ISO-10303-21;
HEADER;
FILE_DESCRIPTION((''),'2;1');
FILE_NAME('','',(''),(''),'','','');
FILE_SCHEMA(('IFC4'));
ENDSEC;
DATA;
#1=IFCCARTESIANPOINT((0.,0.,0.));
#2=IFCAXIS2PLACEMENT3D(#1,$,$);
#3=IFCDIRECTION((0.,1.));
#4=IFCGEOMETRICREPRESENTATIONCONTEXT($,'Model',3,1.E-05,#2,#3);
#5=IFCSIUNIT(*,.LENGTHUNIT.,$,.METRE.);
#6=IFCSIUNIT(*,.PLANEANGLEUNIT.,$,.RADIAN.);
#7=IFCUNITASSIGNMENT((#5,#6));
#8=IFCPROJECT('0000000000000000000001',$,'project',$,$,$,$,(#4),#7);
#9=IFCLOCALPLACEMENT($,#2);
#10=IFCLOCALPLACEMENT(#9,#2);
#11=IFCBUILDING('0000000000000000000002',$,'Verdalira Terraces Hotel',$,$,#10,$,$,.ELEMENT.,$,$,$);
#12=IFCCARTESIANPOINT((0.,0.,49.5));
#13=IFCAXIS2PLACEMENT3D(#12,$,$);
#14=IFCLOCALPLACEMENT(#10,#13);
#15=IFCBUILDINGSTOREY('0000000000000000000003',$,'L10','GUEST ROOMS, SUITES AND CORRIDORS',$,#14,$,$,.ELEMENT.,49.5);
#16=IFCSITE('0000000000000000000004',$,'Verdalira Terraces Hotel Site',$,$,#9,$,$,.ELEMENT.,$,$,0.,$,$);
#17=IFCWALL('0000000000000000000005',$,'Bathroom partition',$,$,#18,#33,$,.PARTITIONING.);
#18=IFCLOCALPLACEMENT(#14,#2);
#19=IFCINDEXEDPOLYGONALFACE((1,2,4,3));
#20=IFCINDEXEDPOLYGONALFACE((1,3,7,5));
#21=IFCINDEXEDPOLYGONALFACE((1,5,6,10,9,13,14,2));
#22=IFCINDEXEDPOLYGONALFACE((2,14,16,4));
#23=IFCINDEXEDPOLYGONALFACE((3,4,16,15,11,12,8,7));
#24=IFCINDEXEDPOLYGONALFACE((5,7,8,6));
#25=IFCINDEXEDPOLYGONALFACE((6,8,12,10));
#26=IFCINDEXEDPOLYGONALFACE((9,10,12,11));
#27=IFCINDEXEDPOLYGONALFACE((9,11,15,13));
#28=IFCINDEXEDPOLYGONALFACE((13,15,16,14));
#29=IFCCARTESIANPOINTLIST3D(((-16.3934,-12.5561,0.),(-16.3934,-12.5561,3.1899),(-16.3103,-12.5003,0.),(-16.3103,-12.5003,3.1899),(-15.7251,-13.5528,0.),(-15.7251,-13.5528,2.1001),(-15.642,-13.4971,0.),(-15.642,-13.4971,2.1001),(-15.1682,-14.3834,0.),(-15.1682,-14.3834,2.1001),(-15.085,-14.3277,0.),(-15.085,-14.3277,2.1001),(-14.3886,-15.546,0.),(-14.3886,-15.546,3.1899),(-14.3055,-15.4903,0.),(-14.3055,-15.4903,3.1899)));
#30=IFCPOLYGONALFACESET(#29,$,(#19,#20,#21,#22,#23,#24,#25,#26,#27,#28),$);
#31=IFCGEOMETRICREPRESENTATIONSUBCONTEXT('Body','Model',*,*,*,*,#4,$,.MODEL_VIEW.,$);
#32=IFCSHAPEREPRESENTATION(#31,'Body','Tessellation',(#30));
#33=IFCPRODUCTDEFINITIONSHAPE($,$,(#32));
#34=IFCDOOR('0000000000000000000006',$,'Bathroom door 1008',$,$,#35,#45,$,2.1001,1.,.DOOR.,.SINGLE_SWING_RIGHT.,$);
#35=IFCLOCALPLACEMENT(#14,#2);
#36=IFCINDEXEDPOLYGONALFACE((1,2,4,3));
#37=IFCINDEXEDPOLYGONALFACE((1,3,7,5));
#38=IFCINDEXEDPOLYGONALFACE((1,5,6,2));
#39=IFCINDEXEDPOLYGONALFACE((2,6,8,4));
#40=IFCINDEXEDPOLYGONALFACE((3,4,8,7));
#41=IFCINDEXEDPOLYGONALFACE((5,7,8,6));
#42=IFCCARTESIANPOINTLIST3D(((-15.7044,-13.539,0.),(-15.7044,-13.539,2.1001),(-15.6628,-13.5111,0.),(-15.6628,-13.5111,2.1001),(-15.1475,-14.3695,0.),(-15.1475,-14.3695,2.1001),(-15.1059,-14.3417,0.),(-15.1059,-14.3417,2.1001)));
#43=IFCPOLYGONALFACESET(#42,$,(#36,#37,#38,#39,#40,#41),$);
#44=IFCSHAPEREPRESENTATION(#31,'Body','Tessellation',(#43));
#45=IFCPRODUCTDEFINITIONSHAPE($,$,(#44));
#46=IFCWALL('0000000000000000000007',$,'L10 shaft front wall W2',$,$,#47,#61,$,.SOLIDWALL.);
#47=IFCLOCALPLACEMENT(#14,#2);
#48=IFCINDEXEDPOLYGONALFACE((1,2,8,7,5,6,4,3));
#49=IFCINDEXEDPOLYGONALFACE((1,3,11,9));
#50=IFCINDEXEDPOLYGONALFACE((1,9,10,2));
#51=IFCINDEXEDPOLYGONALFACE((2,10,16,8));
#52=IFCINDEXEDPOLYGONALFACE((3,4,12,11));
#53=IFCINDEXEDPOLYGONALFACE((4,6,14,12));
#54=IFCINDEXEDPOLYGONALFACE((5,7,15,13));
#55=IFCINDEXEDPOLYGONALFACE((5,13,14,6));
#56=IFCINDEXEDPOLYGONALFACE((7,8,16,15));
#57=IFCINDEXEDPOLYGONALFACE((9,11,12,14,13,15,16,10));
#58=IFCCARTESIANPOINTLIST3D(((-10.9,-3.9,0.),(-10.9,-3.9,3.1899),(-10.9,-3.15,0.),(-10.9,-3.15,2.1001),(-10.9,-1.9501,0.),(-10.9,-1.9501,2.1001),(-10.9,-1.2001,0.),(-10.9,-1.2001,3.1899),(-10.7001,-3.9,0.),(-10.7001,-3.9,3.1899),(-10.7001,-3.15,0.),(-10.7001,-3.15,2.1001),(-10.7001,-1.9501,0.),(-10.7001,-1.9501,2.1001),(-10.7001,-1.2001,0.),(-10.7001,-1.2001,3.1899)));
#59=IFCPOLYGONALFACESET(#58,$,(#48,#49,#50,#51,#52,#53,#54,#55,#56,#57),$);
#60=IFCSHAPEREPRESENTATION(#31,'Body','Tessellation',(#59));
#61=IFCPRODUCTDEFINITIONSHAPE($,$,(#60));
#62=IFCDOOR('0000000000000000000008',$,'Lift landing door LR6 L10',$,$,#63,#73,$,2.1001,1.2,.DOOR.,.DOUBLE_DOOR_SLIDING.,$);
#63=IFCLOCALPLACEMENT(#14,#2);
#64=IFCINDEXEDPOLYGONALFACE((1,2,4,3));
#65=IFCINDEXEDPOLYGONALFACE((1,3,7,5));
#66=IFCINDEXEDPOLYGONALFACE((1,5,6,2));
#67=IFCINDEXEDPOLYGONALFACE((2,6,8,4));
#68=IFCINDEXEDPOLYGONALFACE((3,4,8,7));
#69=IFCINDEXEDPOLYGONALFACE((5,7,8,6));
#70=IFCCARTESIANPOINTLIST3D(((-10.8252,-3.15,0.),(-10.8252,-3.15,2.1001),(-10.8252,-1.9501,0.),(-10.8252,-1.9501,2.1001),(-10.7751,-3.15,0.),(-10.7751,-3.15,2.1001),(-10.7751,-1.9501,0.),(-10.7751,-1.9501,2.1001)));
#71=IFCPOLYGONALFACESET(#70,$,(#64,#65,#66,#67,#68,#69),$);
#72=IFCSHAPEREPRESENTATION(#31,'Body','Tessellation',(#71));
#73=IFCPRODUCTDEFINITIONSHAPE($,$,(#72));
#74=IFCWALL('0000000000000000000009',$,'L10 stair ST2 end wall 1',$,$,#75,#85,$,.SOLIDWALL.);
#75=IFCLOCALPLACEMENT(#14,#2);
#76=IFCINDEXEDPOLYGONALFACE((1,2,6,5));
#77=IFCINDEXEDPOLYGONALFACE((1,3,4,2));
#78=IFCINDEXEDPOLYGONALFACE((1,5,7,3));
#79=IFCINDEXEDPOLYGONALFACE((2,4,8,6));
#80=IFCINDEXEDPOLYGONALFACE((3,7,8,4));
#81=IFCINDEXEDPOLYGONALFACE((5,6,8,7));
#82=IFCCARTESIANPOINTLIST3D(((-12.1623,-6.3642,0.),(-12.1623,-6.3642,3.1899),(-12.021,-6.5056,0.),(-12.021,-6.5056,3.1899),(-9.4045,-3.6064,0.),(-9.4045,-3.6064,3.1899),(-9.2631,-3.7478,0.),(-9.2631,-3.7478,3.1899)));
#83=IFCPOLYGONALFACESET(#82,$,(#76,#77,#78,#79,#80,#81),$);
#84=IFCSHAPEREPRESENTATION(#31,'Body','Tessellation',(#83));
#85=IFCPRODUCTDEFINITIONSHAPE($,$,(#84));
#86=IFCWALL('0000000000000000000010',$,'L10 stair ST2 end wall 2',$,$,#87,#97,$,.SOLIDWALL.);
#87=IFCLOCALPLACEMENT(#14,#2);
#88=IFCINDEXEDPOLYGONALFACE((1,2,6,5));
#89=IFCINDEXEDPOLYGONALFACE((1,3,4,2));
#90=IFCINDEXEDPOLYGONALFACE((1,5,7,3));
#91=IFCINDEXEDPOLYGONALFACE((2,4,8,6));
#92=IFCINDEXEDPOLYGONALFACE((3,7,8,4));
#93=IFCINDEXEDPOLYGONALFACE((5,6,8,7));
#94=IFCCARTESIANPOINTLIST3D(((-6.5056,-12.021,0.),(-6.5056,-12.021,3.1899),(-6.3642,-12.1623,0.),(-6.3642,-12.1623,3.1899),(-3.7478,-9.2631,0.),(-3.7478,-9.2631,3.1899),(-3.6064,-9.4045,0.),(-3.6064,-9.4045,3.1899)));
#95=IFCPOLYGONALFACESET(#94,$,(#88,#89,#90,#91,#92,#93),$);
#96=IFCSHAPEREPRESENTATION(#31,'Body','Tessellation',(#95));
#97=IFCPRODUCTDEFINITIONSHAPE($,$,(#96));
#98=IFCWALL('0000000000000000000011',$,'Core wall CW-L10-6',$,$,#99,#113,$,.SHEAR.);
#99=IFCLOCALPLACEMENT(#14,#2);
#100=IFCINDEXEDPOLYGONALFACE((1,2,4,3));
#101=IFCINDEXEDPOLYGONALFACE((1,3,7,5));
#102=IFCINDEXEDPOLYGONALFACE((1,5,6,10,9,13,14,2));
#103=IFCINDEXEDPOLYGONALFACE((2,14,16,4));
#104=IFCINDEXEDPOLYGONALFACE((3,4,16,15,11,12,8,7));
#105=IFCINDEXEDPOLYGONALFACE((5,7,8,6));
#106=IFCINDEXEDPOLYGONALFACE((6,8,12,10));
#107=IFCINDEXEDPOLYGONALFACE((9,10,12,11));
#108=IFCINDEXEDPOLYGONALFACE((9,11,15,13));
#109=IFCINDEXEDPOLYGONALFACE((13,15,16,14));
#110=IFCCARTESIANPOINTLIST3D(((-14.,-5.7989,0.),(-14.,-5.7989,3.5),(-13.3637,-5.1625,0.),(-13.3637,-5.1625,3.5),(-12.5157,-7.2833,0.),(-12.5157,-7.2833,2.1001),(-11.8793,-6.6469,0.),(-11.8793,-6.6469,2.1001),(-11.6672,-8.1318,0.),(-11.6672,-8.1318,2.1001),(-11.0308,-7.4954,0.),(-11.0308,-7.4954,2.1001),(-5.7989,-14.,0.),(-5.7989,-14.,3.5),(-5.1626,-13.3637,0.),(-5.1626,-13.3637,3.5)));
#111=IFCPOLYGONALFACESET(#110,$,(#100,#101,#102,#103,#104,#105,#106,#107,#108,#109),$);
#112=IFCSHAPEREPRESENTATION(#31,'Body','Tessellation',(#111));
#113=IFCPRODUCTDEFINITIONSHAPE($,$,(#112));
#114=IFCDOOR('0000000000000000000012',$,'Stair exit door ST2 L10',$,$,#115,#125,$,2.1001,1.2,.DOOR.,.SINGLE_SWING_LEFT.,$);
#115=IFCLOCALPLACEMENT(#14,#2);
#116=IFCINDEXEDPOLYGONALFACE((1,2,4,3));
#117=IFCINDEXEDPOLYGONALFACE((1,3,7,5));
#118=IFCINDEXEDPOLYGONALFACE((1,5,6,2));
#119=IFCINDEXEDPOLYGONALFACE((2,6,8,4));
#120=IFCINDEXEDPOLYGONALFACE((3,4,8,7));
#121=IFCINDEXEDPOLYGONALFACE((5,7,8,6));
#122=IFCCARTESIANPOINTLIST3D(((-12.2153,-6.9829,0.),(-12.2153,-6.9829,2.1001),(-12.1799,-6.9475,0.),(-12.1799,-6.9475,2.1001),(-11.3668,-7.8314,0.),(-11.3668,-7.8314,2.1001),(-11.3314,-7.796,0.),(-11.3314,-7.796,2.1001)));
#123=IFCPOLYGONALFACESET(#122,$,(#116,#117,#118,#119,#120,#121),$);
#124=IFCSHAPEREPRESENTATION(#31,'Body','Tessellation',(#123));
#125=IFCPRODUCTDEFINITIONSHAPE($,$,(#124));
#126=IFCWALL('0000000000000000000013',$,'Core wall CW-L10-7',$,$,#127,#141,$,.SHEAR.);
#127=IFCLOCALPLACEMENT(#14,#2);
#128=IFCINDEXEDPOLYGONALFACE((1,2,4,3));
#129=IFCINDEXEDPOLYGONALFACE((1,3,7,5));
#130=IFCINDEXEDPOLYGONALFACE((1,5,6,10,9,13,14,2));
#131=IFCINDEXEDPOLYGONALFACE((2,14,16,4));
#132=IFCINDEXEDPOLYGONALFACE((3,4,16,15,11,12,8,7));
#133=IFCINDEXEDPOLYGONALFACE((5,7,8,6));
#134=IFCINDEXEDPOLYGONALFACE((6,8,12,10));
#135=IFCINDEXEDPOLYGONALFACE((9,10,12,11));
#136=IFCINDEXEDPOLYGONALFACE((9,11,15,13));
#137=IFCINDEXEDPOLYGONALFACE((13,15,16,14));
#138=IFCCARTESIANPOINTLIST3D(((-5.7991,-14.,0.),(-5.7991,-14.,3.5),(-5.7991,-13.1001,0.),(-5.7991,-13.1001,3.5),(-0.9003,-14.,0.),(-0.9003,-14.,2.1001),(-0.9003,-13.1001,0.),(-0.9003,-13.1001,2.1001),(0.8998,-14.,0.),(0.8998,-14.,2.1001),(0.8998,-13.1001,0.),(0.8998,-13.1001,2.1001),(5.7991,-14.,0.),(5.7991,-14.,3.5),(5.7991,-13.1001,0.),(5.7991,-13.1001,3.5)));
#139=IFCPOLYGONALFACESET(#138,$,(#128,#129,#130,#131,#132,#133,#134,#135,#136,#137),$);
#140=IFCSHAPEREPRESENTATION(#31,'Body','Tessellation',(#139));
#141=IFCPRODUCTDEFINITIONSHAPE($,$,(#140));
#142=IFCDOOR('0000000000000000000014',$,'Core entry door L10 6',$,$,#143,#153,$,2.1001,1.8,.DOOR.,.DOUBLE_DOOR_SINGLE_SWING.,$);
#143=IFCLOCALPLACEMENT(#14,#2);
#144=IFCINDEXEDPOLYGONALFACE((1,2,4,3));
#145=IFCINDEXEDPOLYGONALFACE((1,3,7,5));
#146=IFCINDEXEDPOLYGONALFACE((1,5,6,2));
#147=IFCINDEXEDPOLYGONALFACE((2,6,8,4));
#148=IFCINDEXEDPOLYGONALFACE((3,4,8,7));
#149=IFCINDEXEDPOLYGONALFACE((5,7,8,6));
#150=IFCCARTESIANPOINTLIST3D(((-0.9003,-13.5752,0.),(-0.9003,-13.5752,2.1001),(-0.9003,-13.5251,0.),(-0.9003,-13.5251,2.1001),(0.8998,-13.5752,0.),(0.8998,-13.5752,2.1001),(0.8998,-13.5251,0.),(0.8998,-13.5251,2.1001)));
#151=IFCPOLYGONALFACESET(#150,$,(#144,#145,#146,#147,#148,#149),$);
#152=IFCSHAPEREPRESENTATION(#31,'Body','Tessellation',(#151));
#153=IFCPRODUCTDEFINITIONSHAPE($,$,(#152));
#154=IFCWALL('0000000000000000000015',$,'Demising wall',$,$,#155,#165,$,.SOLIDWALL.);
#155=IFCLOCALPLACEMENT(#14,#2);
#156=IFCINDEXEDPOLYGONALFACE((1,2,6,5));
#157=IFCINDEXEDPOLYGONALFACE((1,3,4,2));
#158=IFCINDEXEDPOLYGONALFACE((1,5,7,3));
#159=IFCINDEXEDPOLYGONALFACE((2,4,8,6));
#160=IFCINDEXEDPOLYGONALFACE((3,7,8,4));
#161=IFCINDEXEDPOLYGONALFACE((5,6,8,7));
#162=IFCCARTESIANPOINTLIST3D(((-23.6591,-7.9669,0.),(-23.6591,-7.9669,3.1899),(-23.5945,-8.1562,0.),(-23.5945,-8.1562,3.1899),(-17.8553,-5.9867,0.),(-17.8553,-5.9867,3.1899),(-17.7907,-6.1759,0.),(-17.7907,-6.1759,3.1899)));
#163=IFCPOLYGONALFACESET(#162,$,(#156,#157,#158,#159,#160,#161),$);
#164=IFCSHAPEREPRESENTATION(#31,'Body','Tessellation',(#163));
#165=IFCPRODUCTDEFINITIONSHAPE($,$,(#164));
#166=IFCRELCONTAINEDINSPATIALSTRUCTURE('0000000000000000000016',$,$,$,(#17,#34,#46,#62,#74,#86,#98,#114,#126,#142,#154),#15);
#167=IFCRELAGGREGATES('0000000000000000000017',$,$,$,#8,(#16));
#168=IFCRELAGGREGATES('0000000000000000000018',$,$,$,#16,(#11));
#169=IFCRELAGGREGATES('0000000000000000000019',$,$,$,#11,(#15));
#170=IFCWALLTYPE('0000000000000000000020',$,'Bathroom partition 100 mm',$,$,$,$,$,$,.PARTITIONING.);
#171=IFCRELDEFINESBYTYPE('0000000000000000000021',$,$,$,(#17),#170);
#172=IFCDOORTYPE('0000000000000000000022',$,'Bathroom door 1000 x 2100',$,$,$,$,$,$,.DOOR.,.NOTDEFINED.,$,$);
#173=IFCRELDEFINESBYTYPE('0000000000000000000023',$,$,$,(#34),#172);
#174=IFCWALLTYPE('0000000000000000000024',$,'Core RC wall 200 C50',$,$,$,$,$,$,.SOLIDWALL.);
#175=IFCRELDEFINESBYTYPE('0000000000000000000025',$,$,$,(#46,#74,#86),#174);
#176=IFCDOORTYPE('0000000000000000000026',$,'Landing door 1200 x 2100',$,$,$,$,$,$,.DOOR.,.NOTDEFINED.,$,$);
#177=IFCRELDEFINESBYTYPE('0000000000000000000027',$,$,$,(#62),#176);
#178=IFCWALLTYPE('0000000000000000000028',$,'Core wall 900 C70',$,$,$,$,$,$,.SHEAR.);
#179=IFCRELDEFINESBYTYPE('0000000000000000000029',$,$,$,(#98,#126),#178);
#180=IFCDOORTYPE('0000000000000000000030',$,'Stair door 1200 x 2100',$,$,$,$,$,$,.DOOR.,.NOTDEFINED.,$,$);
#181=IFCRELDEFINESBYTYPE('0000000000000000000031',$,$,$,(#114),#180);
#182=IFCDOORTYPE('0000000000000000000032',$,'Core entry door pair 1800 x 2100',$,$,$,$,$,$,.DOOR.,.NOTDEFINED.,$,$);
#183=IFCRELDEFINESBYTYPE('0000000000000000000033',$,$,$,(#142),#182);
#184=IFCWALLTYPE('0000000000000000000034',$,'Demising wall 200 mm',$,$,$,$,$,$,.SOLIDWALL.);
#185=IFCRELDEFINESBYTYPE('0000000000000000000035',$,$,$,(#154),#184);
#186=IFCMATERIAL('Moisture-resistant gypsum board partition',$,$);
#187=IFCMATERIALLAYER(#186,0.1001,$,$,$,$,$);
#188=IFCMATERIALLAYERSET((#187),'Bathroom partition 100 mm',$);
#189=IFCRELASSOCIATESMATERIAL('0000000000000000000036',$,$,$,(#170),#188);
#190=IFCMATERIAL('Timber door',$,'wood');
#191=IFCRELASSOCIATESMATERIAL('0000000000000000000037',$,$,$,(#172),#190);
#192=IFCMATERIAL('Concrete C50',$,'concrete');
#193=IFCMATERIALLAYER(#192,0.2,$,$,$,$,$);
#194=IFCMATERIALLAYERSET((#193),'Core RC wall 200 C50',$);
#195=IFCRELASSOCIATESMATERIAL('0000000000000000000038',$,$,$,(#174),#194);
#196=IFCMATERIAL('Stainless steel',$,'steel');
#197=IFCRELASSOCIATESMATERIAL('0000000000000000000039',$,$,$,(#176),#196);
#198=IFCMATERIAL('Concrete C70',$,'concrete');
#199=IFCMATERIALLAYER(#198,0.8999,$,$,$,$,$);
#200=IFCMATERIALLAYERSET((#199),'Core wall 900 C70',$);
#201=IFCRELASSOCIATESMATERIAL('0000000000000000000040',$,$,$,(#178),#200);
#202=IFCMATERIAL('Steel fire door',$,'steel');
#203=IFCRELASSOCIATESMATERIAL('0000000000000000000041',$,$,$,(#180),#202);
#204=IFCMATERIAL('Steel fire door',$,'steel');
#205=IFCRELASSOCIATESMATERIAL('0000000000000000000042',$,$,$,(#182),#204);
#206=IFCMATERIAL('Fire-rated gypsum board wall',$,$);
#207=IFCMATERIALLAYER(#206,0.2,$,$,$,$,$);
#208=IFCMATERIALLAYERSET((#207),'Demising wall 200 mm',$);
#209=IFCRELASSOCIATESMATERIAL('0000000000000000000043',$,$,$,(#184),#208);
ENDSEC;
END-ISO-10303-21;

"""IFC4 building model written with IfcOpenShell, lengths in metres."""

from ifc_helpers import new_model, si_unit, direction, frame, frame_2d, origin, place, context, subcontext, project, spatial, rectangle, extrude, material, layer, layer_set, type_object, element, fill, save


model = new_model("IFC4")

# Units and contexts
model_context = context("Model", 3, precision=1e-05, world=origin(), true_north=direction((0.0, 1.0)))
body_context = subcontext(model_context, "Body", "Model", "MODEL_VIEW")
ifc_project = project(units=[si_unit("LENGTHUNIT", "METRE"), si_unit("PLANEANGLEUNIT", "RADIAN")], contexts=[model_context])

# Site, building, storey
site_placement = place(None, origin())
site = spatial("IfcSite", under=ifc_project, at=site_placement, Name="Verdalira Terraces Hotel Site", CompositionType="ELEMENT", RefElevation=0.0)
building_placement = place(site_placement, origin())
building = spatial("IfcBuilding", under=site, at=building_placement, Name="Verdalira Terraces Hotel", CompositionType="ELEMENT")
storey_placement = place(building_placement, frame((0.0, 0.0, 49.5)))
storey = spatial("IfcBuildingStorey", under=building, at=storey_placement, Name="L10", Description="GUEST ROOMS, SUITES AND CORRIDORS", CompositionType="ELEMENT", Elevation=49.5)

# Walls, openings, doors
ifc_material_1 = material(Name="Moisture-resistant gypsum board partition")
ifc_layer_1 = layer(ifc_material_1, 0.1001)
ifc_layer_set_1 = layer_set([ifc_layer_1], Name="Bathroom partition 100 mm")
wall_type_1 = type_object("IfcWallType", Name="Bathroom partition 100 mm", PredefinedType="PARTITIONING", material=ifc_layer_set_1)
wall_1_placement = place(storey_placement, frame((-16.3518, -12.5283, 0.0), z_axis=(0.0, 0.0, 1.0), x_axis=(0.556921, -0.830566, 0.0)))
wall_1 = element("IfcWall", 1, at=wall_1_placement, inside=storey, type_object=wall_type_1, Name="Bathroom partition", PredefinedType="PARTITIONING", context=body_context, shape_type="SweptSolid", body=[
    extrude(rectangle(XDim=3.5999, YDim=0.1001, at=frame_2d((1.7998, 0.0))), origin(), (0.0, 0.0, 1.0), 3.1899),
])
opening_1_placement = place(wall_1_placement, frame((1.2, 0.0, 0.0)))
opening_1 = element("IfcOpeningElement", 2, at=opening_1_placement, cuts=wall_1, PredefinedType="OPENING", context=body_context, shape_type="SweptSolid", body=[
    extrude(rectangle(XDim=1.0, YDim=2.1001, at=frame_2d((0.5, 1.05))), frame((0.0, 0.0601, 0.0), z_axis=(0.0, -1.0, 0.0), x_axis=(1.0, 0.0, 0.0)), (0.0, 0.0, 1.0), 0.1201),
])
ifc_material_2 = material(Name="Timber door", Category="wood")
door_type_1 = type_object("IfcDoorType", Name="Bathroom door 1000 x 2100", OperationType="NOTDEFINED", PredefinedType="DOOR", material=ifc_material_2)
door_1_placement = place(opening_1_placement, origin())
door_1 = element("IfcDoor", 3, at=door_1_placement, inside=storey, type_object=door_type_1, Name="Bathroom door 1008", OperationType="SINGLE_SWING_RIGHT", OverallHeight=2.1001, OverallWidth=1.0, PredefinedType="DOOR", context=body_context, shape_type="SweptSolid", body=[
    extrude(rectangle(XDim=1.0, YDim=2.1001, at=frame_2d((0.5, 1.05))), frame((0.0, 0.0249, 0.0), z_axis=(0.0, -1.0, 0.0), x_axis=(1.0, 0.0, 0.0)), (0.0, 0.0, 1.0), 0.05),
])
fill(opening_1, door_1)
ifc_material_3 = material(Name="Concrete C50", Category="concrete")
ifc_layer_2 = layer(ifc_material_3, 0.2)
ifc_layer_set_2 = layer_set([ifc_layer_2], Name="Core RC wall 200 C50")
wall_type_2 = type_object("IfcWallType", Name="Core RC wall 200 C50", PredefinedType="SOLIDWALL", material=ifc_layer_set_2)
wall_2_placement = place(storey_placement, frame((-10.8, -1.2, 0.0), z_axis=(0.0, 0.0, 1.0), x_axis=(0.0, -1.0, 0.0)))
wall_2 = element("IfcWall", 4, at=wall_2_placement, inside=storey, type_object=wall_type_2, Name="L10 shaft front wall W2", PredefinedType="SOLIDWALL", context=body_context, shape_type="SweptSolid", body=[
    extrude(rectangle(XDim=2.7, YDim=0.2, at=frame_2d((1.3501, 0.0))), origin(), (0.0, 0.0, 1.0), 3.1899),
])
opening_2_placement = place(wall_2_placement, frame((0.75, 0.0, 0.0)))
opening_2 = element("IfcOpeningElement", 5, at=opening_2_placement, cuts=wall_2, PredefinedType="OPENING", context=body_context, shape_type="SweptSolid", body=[
    extrude(rectangle(XDim=1.2, YDim=2.1001, at=frame_2d((0.6001, 1.05))), frame((0.0, 0.1099, 0.0), z_axis=(0.0, -1.0, 0.0), x_axis=(1.0, 0.0, 0.0)), (0.0, 0.0, 1.0), 0.22),
])
ifc_material_4 = material(Name="Stainless steel", Category="steel")
door_type_2 = type_object("IfcDoorType", Name="Landing door 1200 x 2100", OperationType="NOTDEFINED", PredefinedType="DOOR", material=ifc_material_4)
door_2_placement = place(opening_2_placement, origin())
door_2 = element("IfcDoor", 6, at=door_2_placement, inside=storey, type_object=door_type_2, Name="Lift landing door LR6 L10", OperationType="DOUBLE_DOOR_SLIDING", OverallHeight=2.1001, OverallWidth=1.2, PredefinedType="DOOR", context=body_context, shape_type="SweptSolid", body=[
    extrude(rectangle(XDim=1.2, YDim=2.1001, at=frame_2d((0.6001, 1.05))), frame((0.0, 0.0249, 0.0), z_axis=(0.0, -1.0, 0.0), x_axis=(1.0, 0.0, 0.0)), (0.0, 0.0, 1.0), 0.05),
])
fill(opening_2, door_2)

# Walls
for number, where, z_axis, x_axis, name in (
    (7, (-9.3337, -3.677, 0.0), (0.0, 0.0, 1.0), (-0.707107, -0.707107, 0.0), "L10 stair ST2 end wall 1"),
    (8, (-3.677, -9.3337, 0.0), (0.0, 0.0, 1.0), (-0.707107, -0.707107, 0.0), "L10 stair ST2 end wall 2"),
):
    element("IfcWall", number, at=place(storey_placement, frame(where, z_axis=z_axis, x_axis=x_axis)), inside=storey, type_object=wall_type_2, Name=name, PredefinedType="SOLIDWALL", context=body_context, shape_type="SweptSolid", body=[
        extrude(rectangle(XDim=3.9001, YDim=0.2, at=frame_2d((1.9502, 0.0))), origin(), (0.0, 0.0, 1.0), 3.1899),
    ])

# Walls, openings, doors
ifc_material_5 = material(Name="Concrete C70", Category="concrete")
ifc_layer_3 = layer(ifc_material_5, 0.8999)
ifc_layer_set_3 = layer_set([ifc_layer_3], Name="Core wall 900 C70")
wall_type_3 = type_object("IfcWallType", Name="Core wall 900 C70", PredefinedType="SHEAR", material=ifc_layer_set_3)
wall_3_placement = place(storey_placement, frame((-13.6819, -5.4807, 0.0), z_axis=(0.0, 0.0, 1.0), x_axis=(0.707107, -0.707107, 0.0)))
wall_3 = element("IfcWall", 9, at=wall_3_placement, inside=storey, type_object=wall_type_3, Name="Core wall CW-L10-6", PredefinedType="SHEAR", context=body_context, shape_type="SweptSolid", body=[
    extrude(rectangle(XDim=11.5981, YDim=0.8999, at=frame_2d((5.7991, 0.0))), origin(), (0.0, 0.0, 1.0), 3.5),
])
opening_3_placement = place(wall_3_placement, frame((2.0991, 0.0, 0.0)))
opening_3 = element("IfcOpeningElement", 10, at=opening_3_placement, cuts=wall_3, PredefinedType="OPENING", context=body_context, shape_type="SweptSolid", body=[
    extrude(rectangle(XDim=1.2, YDim=2.1001, at=frame_2d((0.6001, 1.05))), frame((0.0, 0.46, 0.0), z_axis=(0.0, -1.0, 0.0), x_axis=(1.0, 0.0, 0.0)), (0.0, 0.0, 1.0), 0.9199),
])
ifc_material_6 = material(Name="Steel fire door", Category="steel")
door_type_3 = type_object("IfcDoorType", Name="Stair door 1200 x 2100", OperationType="NOTDEFINED", PredefinedType="DOOR", material=ifc_material_6)
door_3_placement = place(opening_3_placement, origin())
door_3 = element("IfcDoor", 11, at=door_3_placement, inside=storey, type_object=door_type_3, Name="Stair exit door ST2 L10", OperationType="SINGLE_SWING_LEFT", OverallHeight=2.1001, OverallWidth=1.2, PredefinedType="DOOR", context=body_context, shape_type="SweptSolid", body=[
    extrude(rectangle(XDim=1.2, YDim=2.1001, at=frame_2d((0.6001, 1.05))), frame((0.0, 0.0249, 0.0), z_axis=(0.0, -1.0, 0.0), x_axis=(1.0, 0.0, 0.0)), (0.0, 0.0, 1.0), 0.05),
])
fill(opening_3, door_3)
wall_4_placement = place(storey_placement, frame((-5.7991, -13.55, 0.0), z_axis=(0.0, 0.0, 1.0), x_axis=(1.0, 0.0, 0.0)))
wall_4 = element("IfcWall", 12, at=wall_4_placement, inside=storey, type_object=wall_type_3, Name="Core wall CW-L10-7", PredefinedType="SHEAR", context=body_context, shape_type="SweptSolid", body=[
    extrude(rectangle(XDim=11.5981, YDim=0.8999, at=frame_2d((5.7991, 0.0))), origin(), (0.0, 0.0, 1.0), 3.5),
])
opening_4_placement = place(wall_4_placement, frame((4.8989, 0.0, 0.0)))
opening_4 = element("IfcOpeningElement", 13, at=opening_4_placement, cuts=wall_4, PredefinedType="OPENING", context=body_context, shape_type="SweptSolid", body=[
    extrude(rectangle(XDim=1.8, YDim=2.1001, at=frame_2d((0.8999, 1.05))), frame((0.0, 0.46, 0.0), z_axis=(0.0, -1.0, 0.0), x_axis=(1.0, 0.0, 0.0)), (0.0, 0.0, 1.0), 0.9199),
])
ifc_material_7 = material(Name="Steel fire door", Category="steel")
door_type_4 = type_object("IfcDoorType", Name="Core entry door pair 1800 x 2100", OperationType="NOTDEFINED", PredefinedType="DOOR", material=ifc_material_7)
door_4_placement = place(opening_4_placement, origin())
door_4 = element("IfcDoor", 14, at=door_4_placement, inside=storey, type_object=door_type_4, Name="Core entry door L10 6", OperationType="DOUBLE_DOOR_SINGLE_SWING", OverallHeight=2.1001, OverallWidth=1.8, PredefinedType="DOOR", context=body_context, shape_type="SweptSolid", body=[
    extrude(rectangle(XDim=1.8, YDim=2.1001, at=frame_2d((0.8999, 1.05))), frame((0.0, 0.0249, 0.0), z_axis=(0.0, -1.0, 0.0), x_axis=(1.0, 0.0, 0.0)), (0.0, 0.0, 1.0), 0.05),
])
fill(opening_4, door_4)

# Wall
ifc_material_8 = material(Name="Fire-rated gypsum board wall")
ifc_layer_4 = layer(ifc_material_8, 0.2)
ifc_layer_set_4 = layer_set([ifc_layer_4], Name="Demising wall 200 mm")
wall_type_4 = type_object("IfcWallType", Name="Demising wall 200 mm", PredefinedType="SOLIDWALL", material=ifc_layer_set_4)
wall_5_placement = place(storey_placement, frame((-17.823, -6.0813, 0.0), z_axis=(0.0, 0.0, 1.0), x_axis=(-0.946426, -0.32292, 0.0)))
element("IfcWall", 15, at=wall_5_placement, inside=storey, type_object=wall_type_4, Name="Demising wall", PredefinedType="SOLIDWALL", context=body_context, shape_type="SweptSolid", body=[
    extrude(rectangle(XDim=6.1323, YDim=0.2, at=frame_2d((3.0662, 0.0))), origin(), (0.0, 0.0, 1.0), 3.1899),
])

save(model, "model.ifc")
